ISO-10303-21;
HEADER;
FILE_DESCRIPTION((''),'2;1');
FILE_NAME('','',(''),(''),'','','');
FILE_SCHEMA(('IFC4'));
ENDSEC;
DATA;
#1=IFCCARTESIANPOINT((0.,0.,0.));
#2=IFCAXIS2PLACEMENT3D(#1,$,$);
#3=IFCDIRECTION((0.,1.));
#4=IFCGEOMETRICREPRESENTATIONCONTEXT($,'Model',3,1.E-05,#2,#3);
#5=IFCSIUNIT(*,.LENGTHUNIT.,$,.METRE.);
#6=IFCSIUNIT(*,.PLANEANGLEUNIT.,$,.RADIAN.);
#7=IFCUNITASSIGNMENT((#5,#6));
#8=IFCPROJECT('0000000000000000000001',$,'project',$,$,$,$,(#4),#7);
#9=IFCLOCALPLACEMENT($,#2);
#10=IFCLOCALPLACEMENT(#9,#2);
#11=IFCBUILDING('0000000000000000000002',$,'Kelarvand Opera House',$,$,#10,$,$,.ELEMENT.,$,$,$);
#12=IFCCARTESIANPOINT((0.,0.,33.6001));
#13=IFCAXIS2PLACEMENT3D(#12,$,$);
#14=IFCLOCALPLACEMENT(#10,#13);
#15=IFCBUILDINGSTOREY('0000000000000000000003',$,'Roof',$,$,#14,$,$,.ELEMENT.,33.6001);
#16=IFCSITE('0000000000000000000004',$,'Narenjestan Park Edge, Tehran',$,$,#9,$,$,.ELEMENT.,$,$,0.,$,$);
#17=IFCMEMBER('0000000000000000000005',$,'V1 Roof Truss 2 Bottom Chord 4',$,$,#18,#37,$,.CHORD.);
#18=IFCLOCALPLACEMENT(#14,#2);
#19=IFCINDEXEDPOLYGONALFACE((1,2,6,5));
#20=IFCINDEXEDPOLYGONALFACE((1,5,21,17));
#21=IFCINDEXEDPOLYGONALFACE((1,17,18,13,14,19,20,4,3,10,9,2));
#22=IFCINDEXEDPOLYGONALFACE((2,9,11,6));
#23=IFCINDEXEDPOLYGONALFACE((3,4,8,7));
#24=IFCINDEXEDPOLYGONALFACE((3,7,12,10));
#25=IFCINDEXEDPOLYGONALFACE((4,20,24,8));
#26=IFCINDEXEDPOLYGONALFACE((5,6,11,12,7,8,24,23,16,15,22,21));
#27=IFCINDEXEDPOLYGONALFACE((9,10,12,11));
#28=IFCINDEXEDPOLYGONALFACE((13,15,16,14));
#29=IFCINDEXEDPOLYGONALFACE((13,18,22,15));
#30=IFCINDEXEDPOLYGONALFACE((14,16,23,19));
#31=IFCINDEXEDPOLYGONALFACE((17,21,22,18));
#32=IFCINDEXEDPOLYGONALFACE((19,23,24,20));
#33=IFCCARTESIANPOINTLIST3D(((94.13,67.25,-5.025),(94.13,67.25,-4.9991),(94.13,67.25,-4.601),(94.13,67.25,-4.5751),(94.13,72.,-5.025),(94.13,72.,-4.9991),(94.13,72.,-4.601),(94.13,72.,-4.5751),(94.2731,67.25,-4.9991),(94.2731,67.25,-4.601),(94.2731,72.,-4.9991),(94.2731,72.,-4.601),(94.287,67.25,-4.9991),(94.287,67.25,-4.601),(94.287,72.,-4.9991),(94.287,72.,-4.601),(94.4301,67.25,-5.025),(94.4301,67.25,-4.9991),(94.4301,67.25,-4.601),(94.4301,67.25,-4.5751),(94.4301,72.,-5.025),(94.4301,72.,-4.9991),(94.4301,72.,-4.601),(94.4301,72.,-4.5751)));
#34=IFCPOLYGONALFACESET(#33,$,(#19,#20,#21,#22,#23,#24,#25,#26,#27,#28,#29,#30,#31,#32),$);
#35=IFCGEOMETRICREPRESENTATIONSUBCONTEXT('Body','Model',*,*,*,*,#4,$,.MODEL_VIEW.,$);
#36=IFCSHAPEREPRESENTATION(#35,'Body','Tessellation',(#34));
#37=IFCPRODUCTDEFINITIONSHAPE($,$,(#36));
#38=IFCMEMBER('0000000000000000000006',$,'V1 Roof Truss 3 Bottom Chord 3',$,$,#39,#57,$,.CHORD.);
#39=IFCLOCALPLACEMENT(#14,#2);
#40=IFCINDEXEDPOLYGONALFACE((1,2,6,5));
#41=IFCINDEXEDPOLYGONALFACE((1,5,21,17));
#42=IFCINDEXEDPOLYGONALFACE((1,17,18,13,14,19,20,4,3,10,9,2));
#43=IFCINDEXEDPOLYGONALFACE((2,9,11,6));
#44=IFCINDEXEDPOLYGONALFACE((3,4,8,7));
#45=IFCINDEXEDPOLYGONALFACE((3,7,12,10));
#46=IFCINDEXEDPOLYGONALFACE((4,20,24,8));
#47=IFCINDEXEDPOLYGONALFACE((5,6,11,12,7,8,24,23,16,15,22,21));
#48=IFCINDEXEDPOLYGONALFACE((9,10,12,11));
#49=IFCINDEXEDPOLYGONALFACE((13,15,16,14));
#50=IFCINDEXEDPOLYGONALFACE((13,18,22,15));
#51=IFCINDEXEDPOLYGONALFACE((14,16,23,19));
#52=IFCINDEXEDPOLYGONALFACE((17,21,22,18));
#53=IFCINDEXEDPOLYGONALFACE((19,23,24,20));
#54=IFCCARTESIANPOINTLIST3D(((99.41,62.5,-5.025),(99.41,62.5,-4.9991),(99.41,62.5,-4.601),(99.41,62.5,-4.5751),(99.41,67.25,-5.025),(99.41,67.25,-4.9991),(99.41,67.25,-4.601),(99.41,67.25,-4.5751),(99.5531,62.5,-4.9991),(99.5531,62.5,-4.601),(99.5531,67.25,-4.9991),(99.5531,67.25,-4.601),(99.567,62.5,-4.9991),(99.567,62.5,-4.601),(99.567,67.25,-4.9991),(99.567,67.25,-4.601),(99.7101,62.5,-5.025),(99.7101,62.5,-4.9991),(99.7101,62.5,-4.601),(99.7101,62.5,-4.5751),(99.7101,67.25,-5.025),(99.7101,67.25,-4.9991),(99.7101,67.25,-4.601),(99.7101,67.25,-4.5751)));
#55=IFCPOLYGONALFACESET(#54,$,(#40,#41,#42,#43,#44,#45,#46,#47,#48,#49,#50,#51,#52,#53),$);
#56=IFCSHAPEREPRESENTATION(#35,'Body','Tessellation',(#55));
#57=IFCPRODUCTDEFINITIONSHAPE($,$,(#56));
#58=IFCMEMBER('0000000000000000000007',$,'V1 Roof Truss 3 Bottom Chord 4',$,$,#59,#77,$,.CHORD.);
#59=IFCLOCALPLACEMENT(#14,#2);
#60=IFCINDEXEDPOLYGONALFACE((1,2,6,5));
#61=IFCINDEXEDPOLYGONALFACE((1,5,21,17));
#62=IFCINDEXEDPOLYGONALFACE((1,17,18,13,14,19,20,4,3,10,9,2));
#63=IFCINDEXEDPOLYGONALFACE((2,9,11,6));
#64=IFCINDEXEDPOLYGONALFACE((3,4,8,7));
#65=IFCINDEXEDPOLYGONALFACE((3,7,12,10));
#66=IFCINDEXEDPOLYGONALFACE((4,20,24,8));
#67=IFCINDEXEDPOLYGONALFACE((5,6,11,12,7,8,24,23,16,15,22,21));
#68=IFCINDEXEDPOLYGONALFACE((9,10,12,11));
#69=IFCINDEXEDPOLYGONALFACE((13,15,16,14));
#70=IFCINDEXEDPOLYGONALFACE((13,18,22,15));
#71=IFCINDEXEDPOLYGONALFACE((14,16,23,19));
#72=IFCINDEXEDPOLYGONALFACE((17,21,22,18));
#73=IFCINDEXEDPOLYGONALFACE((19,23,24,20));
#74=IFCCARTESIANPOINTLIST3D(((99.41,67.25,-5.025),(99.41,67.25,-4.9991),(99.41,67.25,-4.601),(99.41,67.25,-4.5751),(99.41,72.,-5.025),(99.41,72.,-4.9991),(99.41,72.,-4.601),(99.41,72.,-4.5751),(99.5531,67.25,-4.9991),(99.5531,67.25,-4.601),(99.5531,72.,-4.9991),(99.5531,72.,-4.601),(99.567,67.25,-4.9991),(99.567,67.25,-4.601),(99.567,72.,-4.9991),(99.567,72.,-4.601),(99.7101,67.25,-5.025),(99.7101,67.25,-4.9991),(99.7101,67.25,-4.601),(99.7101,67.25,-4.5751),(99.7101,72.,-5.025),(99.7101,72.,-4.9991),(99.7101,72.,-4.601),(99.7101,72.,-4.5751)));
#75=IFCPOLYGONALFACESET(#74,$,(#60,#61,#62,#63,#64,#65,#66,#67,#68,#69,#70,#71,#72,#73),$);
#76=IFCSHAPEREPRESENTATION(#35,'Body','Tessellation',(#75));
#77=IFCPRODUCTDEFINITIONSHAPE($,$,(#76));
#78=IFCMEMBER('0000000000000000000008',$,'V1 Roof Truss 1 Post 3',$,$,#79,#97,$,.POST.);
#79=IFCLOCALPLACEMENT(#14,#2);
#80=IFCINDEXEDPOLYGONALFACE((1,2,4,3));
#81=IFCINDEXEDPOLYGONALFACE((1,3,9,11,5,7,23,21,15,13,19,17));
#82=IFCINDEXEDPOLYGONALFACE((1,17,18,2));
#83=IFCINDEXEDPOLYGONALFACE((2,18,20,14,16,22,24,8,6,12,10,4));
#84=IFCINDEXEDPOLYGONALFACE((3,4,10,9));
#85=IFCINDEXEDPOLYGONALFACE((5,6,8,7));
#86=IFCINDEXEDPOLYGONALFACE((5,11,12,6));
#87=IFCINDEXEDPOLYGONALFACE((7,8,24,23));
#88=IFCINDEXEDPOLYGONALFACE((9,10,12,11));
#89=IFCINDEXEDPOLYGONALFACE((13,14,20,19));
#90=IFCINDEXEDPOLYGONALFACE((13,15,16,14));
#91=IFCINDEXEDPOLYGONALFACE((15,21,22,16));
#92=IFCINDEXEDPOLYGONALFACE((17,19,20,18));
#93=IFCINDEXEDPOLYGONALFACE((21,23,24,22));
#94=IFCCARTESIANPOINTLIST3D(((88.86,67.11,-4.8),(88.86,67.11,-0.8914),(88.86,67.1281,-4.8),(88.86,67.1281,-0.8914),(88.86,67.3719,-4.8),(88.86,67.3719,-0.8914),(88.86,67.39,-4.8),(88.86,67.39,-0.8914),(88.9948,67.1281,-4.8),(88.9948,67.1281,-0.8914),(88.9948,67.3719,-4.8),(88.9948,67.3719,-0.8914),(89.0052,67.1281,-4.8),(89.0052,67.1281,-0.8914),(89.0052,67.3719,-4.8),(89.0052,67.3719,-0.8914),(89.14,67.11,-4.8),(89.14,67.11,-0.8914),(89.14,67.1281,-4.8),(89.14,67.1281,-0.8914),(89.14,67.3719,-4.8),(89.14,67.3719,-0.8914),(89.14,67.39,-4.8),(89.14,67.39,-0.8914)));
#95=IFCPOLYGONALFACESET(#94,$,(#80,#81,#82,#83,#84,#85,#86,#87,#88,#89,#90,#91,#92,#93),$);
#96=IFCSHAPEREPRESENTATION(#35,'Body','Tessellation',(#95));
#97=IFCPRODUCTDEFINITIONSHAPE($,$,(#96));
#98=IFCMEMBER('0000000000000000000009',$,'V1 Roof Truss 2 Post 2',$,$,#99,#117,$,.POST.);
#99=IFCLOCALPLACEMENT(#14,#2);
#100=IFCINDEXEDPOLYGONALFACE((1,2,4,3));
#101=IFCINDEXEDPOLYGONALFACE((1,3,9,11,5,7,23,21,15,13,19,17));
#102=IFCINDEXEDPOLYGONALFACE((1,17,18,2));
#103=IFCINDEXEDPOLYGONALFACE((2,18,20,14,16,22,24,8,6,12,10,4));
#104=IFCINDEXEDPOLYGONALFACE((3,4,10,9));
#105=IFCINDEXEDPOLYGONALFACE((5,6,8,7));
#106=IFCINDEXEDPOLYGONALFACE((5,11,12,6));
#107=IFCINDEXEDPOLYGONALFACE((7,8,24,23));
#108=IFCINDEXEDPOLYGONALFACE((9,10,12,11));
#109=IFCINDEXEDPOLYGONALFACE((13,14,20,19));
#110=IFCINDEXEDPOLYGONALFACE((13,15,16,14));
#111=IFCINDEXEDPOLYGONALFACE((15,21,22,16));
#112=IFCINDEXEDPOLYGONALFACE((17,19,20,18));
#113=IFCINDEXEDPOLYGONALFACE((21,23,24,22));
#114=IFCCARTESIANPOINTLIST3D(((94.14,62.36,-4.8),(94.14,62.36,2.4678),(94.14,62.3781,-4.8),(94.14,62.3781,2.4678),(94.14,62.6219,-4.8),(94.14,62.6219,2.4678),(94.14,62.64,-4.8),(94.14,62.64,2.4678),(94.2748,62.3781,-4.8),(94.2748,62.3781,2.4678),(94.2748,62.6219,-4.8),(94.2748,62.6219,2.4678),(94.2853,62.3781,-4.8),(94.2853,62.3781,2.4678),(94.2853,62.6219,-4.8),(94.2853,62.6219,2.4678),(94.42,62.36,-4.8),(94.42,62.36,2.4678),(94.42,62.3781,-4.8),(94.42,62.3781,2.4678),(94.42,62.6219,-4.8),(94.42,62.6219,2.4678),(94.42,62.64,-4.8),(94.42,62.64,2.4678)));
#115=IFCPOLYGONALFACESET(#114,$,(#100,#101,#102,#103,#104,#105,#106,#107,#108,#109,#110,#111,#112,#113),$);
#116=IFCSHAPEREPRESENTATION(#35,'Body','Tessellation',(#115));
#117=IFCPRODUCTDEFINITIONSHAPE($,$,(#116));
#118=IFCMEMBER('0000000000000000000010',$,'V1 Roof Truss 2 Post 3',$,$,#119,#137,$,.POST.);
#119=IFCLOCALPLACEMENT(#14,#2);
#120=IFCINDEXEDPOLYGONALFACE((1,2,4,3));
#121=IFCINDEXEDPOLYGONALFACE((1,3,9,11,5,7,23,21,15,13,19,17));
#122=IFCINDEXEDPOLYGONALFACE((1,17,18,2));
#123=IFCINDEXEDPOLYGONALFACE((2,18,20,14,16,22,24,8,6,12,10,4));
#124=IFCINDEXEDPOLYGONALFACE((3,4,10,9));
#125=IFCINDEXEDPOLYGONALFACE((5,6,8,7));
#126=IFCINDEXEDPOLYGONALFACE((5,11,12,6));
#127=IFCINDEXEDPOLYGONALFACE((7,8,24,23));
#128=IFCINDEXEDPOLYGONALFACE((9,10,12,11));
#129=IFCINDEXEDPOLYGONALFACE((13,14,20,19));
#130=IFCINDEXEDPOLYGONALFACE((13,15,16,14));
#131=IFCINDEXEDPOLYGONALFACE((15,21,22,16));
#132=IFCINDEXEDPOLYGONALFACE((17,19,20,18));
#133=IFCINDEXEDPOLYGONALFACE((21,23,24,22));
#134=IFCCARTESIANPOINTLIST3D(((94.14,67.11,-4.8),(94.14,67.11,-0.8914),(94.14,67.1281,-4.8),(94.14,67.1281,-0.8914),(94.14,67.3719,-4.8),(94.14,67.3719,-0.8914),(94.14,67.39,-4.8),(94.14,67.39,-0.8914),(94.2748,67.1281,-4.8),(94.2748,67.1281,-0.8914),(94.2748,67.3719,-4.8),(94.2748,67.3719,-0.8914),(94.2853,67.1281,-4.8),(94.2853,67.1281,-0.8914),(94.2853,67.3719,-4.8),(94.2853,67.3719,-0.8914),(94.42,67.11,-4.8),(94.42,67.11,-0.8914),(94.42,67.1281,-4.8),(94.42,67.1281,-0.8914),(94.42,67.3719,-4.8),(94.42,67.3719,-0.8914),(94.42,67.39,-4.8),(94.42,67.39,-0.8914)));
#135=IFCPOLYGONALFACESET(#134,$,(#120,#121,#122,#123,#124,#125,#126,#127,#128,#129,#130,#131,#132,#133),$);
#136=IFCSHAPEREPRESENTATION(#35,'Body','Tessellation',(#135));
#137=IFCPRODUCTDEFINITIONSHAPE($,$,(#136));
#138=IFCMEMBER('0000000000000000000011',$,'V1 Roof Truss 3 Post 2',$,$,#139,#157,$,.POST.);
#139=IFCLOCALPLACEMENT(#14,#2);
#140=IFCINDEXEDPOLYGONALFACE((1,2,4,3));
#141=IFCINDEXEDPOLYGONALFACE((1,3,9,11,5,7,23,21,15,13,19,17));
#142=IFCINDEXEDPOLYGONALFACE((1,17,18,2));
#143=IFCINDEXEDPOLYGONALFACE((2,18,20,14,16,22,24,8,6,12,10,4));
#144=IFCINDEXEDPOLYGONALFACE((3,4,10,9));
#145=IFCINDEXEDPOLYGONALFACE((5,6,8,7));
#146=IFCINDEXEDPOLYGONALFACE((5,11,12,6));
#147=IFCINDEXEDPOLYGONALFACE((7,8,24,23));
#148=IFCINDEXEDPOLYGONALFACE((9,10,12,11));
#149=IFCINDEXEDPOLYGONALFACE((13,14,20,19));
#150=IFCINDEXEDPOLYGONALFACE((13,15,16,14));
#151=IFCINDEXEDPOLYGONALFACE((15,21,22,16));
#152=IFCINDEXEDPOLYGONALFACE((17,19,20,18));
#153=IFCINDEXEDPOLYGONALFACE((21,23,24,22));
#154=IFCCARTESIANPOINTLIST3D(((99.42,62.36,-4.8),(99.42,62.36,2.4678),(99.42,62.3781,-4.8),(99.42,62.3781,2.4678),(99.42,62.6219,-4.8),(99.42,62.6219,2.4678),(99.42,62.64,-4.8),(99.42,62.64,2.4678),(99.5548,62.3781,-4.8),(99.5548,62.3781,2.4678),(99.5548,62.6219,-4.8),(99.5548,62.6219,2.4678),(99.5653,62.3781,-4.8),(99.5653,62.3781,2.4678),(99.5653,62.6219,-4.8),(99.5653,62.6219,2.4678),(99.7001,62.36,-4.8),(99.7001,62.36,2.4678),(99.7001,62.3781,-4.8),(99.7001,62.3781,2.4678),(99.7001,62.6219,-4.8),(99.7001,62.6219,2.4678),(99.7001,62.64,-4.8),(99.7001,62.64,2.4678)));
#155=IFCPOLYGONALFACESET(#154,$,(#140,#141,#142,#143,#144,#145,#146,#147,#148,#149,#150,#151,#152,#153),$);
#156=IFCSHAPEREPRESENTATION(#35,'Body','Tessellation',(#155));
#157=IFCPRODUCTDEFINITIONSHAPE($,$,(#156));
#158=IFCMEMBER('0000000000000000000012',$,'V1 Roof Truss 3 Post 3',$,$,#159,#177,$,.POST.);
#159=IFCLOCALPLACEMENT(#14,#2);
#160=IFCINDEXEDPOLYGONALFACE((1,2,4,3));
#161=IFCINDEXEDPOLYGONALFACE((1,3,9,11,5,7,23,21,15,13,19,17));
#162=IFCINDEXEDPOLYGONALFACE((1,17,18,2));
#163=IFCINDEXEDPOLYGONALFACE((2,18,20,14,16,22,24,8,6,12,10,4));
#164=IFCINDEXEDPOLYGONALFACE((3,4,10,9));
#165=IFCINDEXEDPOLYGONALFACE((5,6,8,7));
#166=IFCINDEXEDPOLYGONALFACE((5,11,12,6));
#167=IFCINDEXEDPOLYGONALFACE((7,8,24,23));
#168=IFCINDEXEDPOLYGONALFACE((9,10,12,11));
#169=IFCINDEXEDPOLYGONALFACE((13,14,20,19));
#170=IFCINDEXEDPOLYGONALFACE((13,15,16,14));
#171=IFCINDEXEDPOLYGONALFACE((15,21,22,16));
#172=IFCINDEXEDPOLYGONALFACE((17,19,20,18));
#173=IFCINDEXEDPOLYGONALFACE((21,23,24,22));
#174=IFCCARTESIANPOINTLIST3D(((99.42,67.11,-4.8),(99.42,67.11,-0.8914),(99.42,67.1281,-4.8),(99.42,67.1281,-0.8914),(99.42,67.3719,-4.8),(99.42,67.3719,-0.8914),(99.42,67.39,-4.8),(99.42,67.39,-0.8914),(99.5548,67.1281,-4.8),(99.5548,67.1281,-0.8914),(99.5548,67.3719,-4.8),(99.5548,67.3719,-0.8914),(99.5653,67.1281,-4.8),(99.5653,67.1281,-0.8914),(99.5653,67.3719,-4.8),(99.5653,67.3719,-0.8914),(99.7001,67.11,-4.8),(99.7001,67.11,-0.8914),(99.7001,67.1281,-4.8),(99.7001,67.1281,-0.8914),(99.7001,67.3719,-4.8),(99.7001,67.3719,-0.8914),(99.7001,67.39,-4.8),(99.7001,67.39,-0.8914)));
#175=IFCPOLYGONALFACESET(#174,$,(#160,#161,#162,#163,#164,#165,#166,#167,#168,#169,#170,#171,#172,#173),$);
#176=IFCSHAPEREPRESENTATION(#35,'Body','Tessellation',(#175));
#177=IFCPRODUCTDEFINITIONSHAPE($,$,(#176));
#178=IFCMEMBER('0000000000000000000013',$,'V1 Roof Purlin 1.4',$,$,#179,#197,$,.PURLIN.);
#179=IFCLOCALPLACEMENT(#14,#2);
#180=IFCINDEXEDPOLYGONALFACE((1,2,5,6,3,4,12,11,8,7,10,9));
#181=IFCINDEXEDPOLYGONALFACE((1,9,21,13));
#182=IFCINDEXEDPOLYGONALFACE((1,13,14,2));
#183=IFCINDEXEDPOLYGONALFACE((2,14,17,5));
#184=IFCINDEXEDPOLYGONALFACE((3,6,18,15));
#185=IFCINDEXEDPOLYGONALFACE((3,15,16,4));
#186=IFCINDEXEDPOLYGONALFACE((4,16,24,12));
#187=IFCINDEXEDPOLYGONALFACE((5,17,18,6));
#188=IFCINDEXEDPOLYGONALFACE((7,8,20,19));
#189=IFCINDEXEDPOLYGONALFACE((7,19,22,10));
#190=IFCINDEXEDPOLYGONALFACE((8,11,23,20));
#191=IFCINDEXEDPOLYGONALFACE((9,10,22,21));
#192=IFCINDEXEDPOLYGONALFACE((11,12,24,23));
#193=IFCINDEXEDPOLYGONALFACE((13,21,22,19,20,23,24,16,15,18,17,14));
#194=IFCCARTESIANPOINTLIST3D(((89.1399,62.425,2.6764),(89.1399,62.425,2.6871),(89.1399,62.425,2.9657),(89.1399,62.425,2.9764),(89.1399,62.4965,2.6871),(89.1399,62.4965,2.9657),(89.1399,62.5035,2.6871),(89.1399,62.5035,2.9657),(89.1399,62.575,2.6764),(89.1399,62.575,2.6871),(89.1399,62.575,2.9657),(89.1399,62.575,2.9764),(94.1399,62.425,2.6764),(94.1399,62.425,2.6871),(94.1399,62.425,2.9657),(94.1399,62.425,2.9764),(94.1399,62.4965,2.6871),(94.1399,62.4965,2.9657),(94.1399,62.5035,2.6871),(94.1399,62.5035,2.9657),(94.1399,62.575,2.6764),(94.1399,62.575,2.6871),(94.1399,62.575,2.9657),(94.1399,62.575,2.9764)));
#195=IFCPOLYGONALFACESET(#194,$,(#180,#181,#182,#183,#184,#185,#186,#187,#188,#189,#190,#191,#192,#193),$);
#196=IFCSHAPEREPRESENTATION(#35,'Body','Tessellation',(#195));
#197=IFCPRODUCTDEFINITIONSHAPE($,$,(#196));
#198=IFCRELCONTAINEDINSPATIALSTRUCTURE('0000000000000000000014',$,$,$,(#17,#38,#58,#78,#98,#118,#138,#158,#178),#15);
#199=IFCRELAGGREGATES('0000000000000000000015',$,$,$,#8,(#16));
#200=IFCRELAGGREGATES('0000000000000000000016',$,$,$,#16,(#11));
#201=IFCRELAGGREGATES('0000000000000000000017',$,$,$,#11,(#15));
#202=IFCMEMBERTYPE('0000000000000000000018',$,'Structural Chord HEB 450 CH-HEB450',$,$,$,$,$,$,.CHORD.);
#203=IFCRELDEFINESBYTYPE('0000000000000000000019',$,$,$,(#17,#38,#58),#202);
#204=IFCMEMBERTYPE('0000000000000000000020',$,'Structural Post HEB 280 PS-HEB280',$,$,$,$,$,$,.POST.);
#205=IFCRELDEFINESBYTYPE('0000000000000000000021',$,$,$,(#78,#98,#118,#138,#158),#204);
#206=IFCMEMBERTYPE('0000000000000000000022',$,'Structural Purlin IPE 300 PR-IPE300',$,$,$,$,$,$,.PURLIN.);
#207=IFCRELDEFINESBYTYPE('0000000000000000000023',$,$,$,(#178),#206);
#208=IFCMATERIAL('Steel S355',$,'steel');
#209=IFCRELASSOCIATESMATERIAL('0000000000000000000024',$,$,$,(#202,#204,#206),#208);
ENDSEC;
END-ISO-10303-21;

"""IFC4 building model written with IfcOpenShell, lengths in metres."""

from ifc_helpers import new_model, si_unit, direction, frame, origin, origin_2d, place, context, subcontext, project, spatial, i_section, extrude, material, material_profile, profile_set, type_object, element, save


model = new_model("IFC4")

# Units and contexts
model_context = context("Model", 3, precision=1e-05, world=origin(), true_north=direction((0.0, 1.0)))
body_context = subcontext(model_context, "Body", "Model", "MODEL_VIEW")
ifc_project = project(units=[si_unit("LENGTHUNIT", "METRE"), si_unit("PLANEANGLEUNIT", "RADIAN")], contexts=[model_context])

# Site, building, storey
site_placement = place(None, origin())
site = spatial("IfcSite", under=ifc_project, at=site_placement, Name="Narenjestan Park Edge, Tehran", CompositionType="ELEMENT", RefElevation=0.0)
building_placement = place(site_placement, origin())
building = spatial("IfcBuilding", under=site, at=building_placement, Name="Kelarvand Opera House", CompositionType="ELEMENT")
storey_placement = place(building_placement, frame((0.0, 0.0, 33.6001)))
storey = spatial("IfcBuildingStorey", under=building, at=storey_placement, Name="Roof", CompositionType="ELEMENT", Elevation=33.6001)

# Members
ifc_material = material(Name="Steel S355", Category="steel")
ifc_material_profile_1 = material_profile(ifc_material, i_section(OverallWidth=0.3, OverallDepth=0.45, WebThickness=0.0139, FlangeThickness=0.0259, at=origin_2d()), Name="HEB 450", Category="steel")
ifc_profile_set_1 = profile_set([ifc_material_profile_1], Name="Steel S355")
member_type_1 = type_object("IfcMemberType", Name="Structural Chord HEB 450 CH-HEB450", PredefinedType="CHORD", material=ifc_profile_set_1)
for number, where, z_axis, x_axis, name in (
    (1, (94.28, 67.25, -4.8), (0.0, 1.0, 0.0), (-1.0, 0.0, 0.0), "V1 Roof Truss 2 Bottom Chord 4"),
    (2, (99.5601, 62.5, -4.8), (0.0, 1.0, 0.0), (-1.0, 0.0, 0.0), "V1 Roof Truss 3 Bottom Chord 3"),
    (3, (99.5601, 67.25, -4.8), (0.0, 1.0, 0.0), (-1.0, 0.0, 0.0), "V1 Roof Truss 3 Bottom Chord 4"),
):
    element("IfcMember", number, at=place(storey_placement, frame(where, z_axis=z_axis, x_axis=x_axis)), inside=storey, type_object=member_type_1, Name=name, PredefinedType="CHORD", context=body_context, shape_type="SweptSolid", body=[
        extrude(i_section(OverallWidth=0.3, OverallDepth=0.45, WebThickness=0.0139, FlangeThickness=0.0259, at=origin_2d()), origin(), (0.0, 0.0, 1.0), 4.75),
    ])
ifc_material_profile_2 = material_profile(ifc_material, i_section(OverallWidth=0.28, OverallDepth=0.28, WebThickness=0.0105, FlangeThickness=0.0181, at=origin_2d()), Name="HEB 280", Category="steel")
ifc_profile_set_2 = profile_set([ifc_material_profile_2], Name="Steel S355")
member_type_2 = type_object("IfcMemberType", Name="Structural Post HEB 280 PS-HEB280", PredefinedType="POST", material=ifc_profile_set_2)
member_1_placement = place(storey_placement, frame((89.0, 67.25, -4.8), z_axis=(0.0, 0.0, 1.0), x_axis=(1.0, 0.0, 0.0)))
element("IfcMember", 4, at=member_1_placement, inside=storey, type_object=member_type_2, Name="V1 Roof Truss 1 Post 3", PredefinedType="POST", context=body_context, shape_type="SweptSolid", body=[
    extrude(i_section(OverallWidth=0.28, OverallDepth=0.28, WebThickness=0.0105, FlangeThickness=0.0181, at=origin_2d()), origin(), (0.0, 0.0, 1.0), 3.9087),
])
member_2_placement = place(storey_placement, frame((94.28, 62.5, -4.8), z_axis=(0.0, 0.0, 1.0), x_axis=(1.0, 0.0, 0.0)))
element("IfcMember", 5, at=member_2_placement, inside=storey, type_object=member_type_2, Name="V1 Roof Truss 2 Post 2", PredefinedType="POST", context=body_context, shape_type="SweptSolid", body=[
    extrude(i_section(OverallWidth=0.28, OverallDepth=0.28, WebThickness=0.0105, FlangeThickness=0.0181, at=origin_2d()), origin(), (0.0, 0.0, 1.0), 7.2678),
])
member_3_placement = place(storey_placement, frame((94.28, 67.25, -4.8), z_axis=(0.0, 0.0, 1.0), x_axis=(1.0, 0.0, 0.0)))
element("IfcMember", 6, at=member_3_placement, inside=storey, type_object=member_type_2, Name="V1 Roof Truss 2 Post 3", PredefinedType="POST", context=body_context, shape_type="SweptSolid", body=[
    extrude(i_section(OverallWidth=0.28, OverallDepth=0.28, WebThickness=0.0105, FlangeThickness=0.0181, at=origin_2d()), origin(), (0.0, 0.0, 1.0), 3.9087),
])
member_4_placement = place(storey_placement, frame((99.5601, 62.5, -4.8), z_axis=(0.0, 0.0, 1.0), x_axis=(1.0, 0.0, 0.0)))
element("IfcMember", 7, at=member_4_placement, inside=storey, type_object=member_type_2, Name="V1 Roof Truss 3 Post 2", PredefinedType="POST", context=body_context, shape_type="SweptSolid", body=[
    extrude(i_section(OverallWidth=0.28, OverallDepth=0.28, WebThickness=0.0105, FlangeThickness=0.0181, at=origin_2d()), origin(), (0.0, 0.0, 1.0), 7.2678),
])
member_5_placement = place(storey_placement, frame((99.5601, 67.25, -4.8), z_axis=(0.0, 0.0, 1.0), x_axis=(1.0, 0.0, 0.0)))
element("IfcMember", 8, at=member_5_placement, inside=storey, type_object=member_type_2, Name="V1 Roof Truss 3 Post 3", PredefinedType="POST", context=body_context, shape_type="SweptSolid", body=[
    extrude(i_section(OverallWidth=0.28, OverallDepth=0.28, WebThickness=0.0105, FlangeThickness=0.0181, at=origin_2d()), origin(), (0.0, 0.0, 1.0), 3.9087),
])
ifc_material_profile_3 = material_profile(ifc_material, i_section(OverallWidth=0.1499, OverallDepth=0.3, WebThickness=0.0071, FlangeThickness=0.0107, at=origin_2d()), Name="IPE 300", Category="steel")
ifc_profile_set_3 = profile_set([ifc_material_profile_3], Name="Steel S355")
member_type_3 = type_object("IfcMemberType", Name="Structural Purlin IPE 300 PR-IPE300", PredefinedType="PURLIN", material=ifc_profile_set_3)
for number, where, z_axis, x_axis, name in (
    (9, (89.1399, 62.5, 2.8264), (1.0, 0.0, 0.0), (0.0, 1.0, 0.0), "V1 Roof Purlin 1.4"),
):
    element("IfcMember", number, at=place(storey_placement, frame(where, z_axis=z_axis, x_axis=x_axis)), inside=storey, type_object=member_type_3, Name=name, PredefinedType="PURLIN", context=body_context, shape_type="SweptSolid", body=[
        extrude(i_section(OverallWidth=0.1499, OverallDepth=0.3, WebThickness=0.0071, FlangeThickness=0.0107, at=origin_2d()), origin(), (0.0, 0.0, 1.0), 5.0),
    ])

save(model, "model.ifc")
